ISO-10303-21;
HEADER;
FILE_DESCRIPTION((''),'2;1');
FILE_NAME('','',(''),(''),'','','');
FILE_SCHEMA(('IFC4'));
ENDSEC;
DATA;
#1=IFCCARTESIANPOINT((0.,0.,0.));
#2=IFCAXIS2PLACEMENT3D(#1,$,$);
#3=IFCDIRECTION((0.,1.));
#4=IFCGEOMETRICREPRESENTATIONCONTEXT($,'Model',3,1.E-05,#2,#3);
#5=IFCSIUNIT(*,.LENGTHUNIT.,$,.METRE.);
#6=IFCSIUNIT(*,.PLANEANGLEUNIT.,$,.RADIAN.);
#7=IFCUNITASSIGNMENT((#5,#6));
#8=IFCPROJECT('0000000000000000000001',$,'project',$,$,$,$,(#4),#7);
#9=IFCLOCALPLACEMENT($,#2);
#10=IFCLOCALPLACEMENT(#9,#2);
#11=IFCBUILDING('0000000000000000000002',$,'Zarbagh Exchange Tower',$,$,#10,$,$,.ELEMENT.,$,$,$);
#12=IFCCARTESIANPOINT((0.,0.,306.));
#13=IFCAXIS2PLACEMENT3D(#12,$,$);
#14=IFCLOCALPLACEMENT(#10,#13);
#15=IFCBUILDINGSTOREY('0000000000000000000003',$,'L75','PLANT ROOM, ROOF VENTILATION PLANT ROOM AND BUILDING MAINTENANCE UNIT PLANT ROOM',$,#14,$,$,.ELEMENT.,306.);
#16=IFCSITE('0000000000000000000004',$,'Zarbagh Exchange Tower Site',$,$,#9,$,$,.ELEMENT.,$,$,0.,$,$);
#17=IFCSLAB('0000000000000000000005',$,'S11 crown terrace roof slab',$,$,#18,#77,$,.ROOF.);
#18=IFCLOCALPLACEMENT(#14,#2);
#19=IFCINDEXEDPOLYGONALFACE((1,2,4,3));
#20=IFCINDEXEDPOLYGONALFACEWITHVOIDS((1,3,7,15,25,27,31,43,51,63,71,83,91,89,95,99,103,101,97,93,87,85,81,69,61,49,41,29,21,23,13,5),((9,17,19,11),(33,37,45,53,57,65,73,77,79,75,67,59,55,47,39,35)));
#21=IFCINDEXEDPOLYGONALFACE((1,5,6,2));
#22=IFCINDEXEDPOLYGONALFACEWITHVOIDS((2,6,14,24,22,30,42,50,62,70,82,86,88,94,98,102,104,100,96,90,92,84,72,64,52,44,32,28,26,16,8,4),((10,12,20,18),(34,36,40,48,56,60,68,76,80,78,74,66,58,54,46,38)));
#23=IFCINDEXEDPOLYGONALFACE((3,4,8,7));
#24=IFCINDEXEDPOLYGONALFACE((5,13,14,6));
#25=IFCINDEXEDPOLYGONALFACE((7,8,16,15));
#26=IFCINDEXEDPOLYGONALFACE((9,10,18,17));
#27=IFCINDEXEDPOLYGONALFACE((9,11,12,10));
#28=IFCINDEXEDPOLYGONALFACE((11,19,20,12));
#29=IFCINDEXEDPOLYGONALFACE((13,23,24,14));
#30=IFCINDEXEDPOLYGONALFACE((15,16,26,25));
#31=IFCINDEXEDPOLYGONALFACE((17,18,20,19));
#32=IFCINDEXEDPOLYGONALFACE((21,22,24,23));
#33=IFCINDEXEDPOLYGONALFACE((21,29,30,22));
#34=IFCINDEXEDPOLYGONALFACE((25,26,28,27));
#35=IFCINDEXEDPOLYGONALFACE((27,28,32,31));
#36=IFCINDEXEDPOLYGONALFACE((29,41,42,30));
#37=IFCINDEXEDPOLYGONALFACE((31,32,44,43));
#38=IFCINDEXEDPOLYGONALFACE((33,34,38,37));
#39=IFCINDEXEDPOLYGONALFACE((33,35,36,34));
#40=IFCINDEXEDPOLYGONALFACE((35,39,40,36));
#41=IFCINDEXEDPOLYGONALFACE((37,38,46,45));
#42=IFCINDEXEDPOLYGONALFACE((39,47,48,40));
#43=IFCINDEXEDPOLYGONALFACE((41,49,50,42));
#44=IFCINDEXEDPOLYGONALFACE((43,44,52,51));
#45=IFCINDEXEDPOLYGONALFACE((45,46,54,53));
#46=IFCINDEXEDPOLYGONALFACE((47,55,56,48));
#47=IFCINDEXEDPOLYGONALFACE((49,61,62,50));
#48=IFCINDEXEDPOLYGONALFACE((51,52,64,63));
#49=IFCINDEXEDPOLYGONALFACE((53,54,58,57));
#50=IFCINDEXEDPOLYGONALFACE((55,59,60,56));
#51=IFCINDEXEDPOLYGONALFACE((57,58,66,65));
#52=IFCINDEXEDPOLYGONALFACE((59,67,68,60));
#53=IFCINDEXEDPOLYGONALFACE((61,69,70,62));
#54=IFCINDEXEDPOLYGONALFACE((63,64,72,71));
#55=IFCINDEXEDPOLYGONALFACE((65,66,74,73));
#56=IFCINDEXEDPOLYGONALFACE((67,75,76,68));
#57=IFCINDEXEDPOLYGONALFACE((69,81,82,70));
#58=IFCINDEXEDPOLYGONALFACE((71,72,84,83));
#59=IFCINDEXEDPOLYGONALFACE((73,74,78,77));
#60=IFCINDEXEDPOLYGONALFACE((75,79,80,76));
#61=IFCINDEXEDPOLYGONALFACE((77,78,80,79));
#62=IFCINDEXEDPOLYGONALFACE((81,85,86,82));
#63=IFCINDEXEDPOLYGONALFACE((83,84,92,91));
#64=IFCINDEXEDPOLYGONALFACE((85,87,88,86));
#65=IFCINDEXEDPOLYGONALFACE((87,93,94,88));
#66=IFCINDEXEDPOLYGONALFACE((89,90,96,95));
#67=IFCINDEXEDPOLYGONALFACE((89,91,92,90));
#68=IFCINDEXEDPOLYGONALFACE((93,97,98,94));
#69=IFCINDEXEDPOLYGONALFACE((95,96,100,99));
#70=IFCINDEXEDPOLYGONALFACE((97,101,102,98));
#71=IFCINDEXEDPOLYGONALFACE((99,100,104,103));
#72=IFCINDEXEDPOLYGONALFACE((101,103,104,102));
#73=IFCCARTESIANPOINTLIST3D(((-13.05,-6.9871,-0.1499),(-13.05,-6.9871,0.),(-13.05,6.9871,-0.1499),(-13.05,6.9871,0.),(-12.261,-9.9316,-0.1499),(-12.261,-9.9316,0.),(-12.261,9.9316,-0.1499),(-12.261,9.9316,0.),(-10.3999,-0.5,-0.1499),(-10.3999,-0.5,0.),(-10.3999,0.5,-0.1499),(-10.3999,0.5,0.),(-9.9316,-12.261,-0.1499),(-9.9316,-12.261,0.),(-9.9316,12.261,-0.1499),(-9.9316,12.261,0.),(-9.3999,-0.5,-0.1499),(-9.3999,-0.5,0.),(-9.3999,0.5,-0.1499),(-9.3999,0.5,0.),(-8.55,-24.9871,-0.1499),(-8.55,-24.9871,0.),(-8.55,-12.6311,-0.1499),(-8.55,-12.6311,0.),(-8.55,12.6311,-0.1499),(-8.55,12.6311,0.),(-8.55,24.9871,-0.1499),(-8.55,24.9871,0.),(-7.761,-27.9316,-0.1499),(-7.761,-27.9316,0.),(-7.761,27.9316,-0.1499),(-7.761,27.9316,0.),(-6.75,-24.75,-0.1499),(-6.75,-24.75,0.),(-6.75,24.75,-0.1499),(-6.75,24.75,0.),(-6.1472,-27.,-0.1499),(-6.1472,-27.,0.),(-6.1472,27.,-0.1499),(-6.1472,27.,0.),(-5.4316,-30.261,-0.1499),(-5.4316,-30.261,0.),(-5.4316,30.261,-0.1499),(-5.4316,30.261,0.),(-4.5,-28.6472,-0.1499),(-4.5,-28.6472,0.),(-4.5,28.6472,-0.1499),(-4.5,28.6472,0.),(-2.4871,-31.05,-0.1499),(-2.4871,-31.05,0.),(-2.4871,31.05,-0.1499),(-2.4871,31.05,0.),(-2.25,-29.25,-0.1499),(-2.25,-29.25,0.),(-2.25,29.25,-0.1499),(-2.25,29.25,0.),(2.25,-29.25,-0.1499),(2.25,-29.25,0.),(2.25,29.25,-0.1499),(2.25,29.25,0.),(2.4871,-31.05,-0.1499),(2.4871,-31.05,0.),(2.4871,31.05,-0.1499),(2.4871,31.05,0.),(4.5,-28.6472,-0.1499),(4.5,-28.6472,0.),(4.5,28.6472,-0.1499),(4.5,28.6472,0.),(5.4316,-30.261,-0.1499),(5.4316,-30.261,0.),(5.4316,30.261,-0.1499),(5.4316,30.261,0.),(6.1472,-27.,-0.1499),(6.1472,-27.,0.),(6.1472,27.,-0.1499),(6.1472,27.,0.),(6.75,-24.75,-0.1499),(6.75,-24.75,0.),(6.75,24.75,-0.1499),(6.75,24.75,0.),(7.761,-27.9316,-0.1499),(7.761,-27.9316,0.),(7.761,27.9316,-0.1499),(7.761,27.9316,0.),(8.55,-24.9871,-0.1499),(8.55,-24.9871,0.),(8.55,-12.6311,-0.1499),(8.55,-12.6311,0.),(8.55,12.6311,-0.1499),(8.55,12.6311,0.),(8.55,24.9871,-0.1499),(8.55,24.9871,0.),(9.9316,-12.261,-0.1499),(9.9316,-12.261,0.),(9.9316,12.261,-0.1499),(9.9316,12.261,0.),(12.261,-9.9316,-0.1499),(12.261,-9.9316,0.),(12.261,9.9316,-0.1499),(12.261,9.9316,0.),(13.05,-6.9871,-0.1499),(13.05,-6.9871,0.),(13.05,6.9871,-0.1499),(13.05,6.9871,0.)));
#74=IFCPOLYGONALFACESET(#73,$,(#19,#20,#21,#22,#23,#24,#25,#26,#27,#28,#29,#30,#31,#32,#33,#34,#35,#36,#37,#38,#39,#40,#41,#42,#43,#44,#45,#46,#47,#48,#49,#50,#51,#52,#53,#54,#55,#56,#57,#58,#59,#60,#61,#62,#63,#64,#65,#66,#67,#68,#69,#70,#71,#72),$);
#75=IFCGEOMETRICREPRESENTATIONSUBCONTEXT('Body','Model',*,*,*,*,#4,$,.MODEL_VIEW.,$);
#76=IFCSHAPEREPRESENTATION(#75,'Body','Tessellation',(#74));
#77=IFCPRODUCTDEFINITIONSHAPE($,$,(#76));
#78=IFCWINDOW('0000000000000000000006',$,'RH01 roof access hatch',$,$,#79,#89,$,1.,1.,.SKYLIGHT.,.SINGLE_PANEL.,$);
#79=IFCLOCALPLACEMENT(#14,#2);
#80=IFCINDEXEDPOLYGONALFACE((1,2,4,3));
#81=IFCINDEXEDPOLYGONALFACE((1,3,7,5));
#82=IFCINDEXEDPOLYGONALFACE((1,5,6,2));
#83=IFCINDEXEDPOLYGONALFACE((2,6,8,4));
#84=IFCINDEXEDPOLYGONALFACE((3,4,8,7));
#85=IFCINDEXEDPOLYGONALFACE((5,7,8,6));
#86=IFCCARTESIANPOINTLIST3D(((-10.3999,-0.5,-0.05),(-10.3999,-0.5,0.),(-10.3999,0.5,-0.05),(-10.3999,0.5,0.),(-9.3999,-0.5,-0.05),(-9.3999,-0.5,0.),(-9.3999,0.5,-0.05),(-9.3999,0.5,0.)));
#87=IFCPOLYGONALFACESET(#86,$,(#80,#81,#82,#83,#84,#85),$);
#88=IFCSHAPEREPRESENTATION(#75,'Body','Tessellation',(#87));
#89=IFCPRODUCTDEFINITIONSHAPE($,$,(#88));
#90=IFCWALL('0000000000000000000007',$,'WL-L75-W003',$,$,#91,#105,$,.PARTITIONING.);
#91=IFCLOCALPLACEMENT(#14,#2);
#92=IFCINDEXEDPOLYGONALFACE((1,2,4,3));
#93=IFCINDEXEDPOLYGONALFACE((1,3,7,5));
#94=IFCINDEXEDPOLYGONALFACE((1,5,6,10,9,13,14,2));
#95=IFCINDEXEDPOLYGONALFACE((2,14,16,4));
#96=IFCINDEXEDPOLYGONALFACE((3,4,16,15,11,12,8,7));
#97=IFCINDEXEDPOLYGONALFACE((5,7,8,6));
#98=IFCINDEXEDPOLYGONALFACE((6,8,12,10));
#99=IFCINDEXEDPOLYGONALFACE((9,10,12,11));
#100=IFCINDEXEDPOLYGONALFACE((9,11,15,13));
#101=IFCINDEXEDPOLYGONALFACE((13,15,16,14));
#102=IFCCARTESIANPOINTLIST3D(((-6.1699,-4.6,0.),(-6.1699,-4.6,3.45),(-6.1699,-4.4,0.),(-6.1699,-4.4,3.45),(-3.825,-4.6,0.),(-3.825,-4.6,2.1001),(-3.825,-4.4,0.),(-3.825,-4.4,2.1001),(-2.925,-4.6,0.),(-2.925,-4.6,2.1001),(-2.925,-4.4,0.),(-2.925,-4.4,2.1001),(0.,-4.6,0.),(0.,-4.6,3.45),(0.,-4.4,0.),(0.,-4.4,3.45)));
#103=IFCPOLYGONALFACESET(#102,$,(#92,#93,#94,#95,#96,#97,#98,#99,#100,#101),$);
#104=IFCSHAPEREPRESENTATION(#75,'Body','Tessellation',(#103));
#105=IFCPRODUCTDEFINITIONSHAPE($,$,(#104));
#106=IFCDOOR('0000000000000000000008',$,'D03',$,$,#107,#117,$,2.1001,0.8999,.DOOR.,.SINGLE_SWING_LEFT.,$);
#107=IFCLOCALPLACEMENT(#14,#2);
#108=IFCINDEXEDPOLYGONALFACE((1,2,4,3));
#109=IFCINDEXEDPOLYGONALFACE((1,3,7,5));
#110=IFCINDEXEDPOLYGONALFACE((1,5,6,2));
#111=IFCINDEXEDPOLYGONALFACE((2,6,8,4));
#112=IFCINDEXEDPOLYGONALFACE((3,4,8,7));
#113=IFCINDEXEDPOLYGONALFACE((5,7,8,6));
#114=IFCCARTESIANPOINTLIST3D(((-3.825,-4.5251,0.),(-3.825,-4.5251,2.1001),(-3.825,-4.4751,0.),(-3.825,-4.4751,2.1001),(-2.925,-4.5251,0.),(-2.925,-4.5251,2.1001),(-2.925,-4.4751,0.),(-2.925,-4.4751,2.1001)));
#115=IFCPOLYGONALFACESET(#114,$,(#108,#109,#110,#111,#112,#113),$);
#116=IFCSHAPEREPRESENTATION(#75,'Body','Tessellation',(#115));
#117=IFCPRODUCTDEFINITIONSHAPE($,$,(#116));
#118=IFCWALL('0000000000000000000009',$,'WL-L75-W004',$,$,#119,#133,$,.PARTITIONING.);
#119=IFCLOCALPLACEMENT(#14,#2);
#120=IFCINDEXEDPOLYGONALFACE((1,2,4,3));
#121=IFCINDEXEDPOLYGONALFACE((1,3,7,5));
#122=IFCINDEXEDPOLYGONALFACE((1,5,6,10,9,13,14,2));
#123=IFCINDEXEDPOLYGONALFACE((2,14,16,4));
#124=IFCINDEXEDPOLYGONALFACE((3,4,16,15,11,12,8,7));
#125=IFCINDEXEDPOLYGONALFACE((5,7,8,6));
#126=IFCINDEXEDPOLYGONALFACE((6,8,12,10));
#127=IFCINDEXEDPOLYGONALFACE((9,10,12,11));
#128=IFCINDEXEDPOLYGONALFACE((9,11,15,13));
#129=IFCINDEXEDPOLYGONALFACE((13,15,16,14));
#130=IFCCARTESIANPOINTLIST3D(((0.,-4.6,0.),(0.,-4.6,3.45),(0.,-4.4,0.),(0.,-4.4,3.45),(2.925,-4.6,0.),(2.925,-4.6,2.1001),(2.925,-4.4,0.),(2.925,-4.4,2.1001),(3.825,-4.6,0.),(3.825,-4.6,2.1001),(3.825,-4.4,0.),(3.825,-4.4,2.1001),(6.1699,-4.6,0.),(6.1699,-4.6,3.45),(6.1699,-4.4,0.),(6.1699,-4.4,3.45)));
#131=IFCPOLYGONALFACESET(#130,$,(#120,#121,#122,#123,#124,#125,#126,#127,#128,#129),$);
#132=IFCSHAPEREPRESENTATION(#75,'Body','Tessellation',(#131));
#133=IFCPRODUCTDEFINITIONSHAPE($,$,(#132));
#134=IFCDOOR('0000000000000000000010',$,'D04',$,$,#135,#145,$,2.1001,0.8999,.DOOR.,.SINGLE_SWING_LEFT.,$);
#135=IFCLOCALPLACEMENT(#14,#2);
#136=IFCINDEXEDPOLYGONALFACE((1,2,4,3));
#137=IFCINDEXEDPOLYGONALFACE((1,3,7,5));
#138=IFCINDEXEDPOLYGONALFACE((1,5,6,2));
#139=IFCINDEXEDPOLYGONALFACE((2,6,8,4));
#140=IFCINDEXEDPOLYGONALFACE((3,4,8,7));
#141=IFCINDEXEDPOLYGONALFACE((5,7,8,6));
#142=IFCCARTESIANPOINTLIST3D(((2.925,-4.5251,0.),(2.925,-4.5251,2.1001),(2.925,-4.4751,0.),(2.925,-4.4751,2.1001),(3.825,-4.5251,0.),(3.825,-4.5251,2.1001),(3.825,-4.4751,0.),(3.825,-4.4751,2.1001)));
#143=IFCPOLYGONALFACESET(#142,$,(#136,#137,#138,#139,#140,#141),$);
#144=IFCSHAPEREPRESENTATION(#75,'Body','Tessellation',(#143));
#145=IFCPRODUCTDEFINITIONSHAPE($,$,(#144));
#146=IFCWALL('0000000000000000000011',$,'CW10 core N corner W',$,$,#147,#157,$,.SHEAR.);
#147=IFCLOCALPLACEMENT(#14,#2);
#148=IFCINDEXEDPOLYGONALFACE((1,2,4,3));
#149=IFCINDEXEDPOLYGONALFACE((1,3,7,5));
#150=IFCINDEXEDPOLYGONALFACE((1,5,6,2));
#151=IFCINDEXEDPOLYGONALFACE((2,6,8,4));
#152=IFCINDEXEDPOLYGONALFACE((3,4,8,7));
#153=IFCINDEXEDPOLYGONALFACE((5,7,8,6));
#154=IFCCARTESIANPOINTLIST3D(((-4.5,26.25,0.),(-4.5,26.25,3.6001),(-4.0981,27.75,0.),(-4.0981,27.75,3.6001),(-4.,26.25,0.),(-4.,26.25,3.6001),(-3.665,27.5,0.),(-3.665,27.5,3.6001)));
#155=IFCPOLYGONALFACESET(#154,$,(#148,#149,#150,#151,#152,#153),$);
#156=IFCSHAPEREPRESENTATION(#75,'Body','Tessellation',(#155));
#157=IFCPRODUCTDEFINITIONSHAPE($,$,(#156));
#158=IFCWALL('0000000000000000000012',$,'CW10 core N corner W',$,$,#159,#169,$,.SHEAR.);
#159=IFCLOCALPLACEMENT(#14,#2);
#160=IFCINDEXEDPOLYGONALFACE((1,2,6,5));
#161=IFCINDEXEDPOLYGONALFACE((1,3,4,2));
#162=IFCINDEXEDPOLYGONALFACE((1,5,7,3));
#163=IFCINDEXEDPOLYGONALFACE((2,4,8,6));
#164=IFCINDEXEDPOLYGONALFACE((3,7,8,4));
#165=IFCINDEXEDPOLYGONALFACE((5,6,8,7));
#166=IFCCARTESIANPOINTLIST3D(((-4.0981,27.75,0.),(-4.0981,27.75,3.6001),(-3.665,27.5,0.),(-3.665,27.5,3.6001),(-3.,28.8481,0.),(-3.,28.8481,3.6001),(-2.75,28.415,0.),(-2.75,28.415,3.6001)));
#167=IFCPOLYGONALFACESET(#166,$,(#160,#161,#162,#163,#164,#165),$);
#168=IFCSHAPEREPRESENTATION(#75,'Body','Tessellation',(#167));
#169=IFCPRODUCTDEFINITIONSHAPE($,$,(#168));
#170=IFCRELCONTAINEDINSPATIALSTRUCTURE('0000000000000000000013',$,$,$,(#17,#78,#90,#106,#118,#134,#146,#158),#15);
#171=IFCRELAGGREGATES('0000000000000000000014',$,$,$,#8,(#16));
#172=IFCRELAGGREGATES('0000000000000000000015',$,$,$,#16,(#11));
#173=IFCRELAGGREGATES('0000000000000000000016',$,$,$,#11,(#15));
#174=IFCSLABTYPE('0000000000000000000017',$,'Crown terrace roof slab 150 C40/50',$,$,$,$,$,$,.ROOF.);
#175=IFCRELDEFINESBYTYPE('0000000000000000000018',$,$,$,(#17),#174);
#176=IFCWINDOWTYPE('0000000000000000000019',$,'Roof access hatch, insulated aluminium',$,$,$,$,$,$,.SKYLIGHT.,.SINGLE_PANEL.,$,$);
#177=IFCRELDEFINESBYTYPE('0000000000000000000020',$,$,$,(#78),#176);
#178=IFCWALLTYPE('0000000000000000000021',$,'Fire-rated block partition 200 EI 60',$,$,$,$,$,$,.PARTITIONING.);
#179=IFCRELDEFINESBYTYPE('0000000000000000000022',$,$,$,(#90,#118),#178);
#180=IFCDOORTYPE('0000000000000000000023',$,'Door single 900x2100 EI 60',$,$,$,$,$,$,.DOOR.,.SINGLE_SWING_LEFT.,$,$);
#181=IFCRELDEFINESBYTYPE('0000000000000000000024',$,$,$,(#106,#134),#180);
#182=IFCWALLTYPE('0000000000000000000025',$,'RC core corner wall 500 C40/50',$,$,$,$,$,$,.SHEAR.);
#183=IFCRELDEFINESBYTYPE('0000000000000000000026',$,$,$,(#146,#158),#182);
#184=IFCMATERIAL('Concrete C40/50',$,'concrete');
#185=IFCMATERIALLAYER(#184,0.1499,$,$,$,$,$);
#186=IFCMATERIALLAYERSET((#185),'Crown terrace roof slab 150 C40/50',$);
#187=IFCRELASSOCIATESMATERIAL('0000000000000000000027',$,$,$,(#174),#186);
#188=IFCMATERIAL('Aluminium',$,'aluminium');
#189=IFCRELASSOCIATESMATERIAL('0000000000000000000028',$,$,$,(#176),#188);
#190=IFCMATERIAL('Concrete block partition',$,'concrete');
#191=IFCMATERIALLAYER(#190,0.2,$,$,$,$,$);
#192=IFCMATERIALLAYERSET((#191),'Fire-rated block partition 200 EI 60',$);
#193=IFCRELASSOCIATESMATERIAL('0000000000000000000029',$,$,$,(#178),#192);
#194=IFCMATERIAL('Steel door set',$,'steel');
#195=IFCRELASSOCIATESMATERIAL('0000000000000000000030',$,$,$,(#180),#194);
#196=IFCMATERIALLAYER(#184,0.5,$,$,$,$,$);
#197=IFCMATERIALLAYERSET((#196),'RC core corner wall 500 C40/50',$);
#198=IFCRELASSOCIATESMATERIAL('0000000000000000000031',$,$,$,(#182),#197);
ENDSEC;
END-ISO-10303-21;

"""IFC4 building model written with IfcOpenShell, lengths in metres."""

from ifc_helpers import new_model, si_unit, direction, frame, frame_2d, origin, origin_2d, place, context, subcontext, project, spatial, polyline, rectangle, outline, extrude, material, layer, layer_set, type_object, element, fill, save


model = new_model("IFC4")

# Units and contexts
model_context = context("Model", 3, precision=1e-05, world=origin(), true_north=direction((0.0, 1.0)))
body_context = subcontext(model_context, "Body", "Model", "MODEL_VIEW")
ifc_project = project(units=[si_unit("LENGTHUNIT", "METRE"), si_unit("PLANEANGLEUNIT", "RADIAN")], contexts=[model_context])

# Site, building, storey
site_placement = place(None, origin())
site = spatial("IfcSite", under=ifc_project, at=site_placement, Name="Zarbagh Exchange Tower Site", CompositionType="ELEMENT", RefElevation=0.0)
building_placement = place(site_placement, origin())
building = spatial("IfcBuilding", under=site, at=building_placement, Name="Zarbagh Exchange Tower", CompositionType="ELEMENT")
storey_placement = place(building_placement, frame((0.0, 0.0, 306.0)))
storey = spatial("IfcBuildingStorey", under=building, at=storey_placement, Name="L75", Description="PLANT ROOM, ROOF VENTILATION PLANT ROOM AND BUILDING MAINTENANCE UNIT PLANT ROOM", CompositionType="ELEMENT", Elevation=306.0)

# Shared definitions
ifc_material_1 = material(Name="Concrete C40/50", Category="concrete")

# Slab, opening, window
ifc_layer_1 = layer(ifc_material_1, 0.1499)
ifc_layer_set_1 = layer_set([ifc_layer_1], Name="Crown terrace roof slab 150 C40/50")
slab_type_1 = type_object("IfcSlabType", Name="Crown terrace roof slab 150 C40/50", PredefinedType="ROOF", material=ifc_layer_set_1)
slab_1_placement = place(storey_placement, frame((0.0, 0.0, -0.1499)))
slab_1 = element("IfcSlab", 1, at=slab_1_placement, inside=storey, type_object=slab_type_1, Name="S11 crown terrace roof slab", PredefinedType="ROOF", context=body_context, shape_type="SweptSolid", body=[
    extrude(outline(polyline([(-2.4871, -31.05), (-5.4316, -30.261), (-7.761, -27.9316), (-8.55, -24.9871), (-8.55, -12.6311), (-9.9316, -12.261), (-12.261, -9.9316), (-13.05, -6.9871), (-13.05, 6.9871), (-12.261, 9.9316), (-9.9316, 12.261), (-8.55, 12.6311), (-8.55, 24.9871), (-7.761, 27.9316), (-5.4316, 30.261), (-2.4871, 31.05), (2.4871, 31.05), (5.4316, 30.261), (7.761, 27.9316), (8.55, 24.9871), (8.55, 12.6311), (9.9316, 12.261), (12.261, 9.9316), (13.05, 6.9871), (13.05, -6.9871), (12.261, -9.9316), (9.9316, -12.261), (8.55, -12.6311), (8.55, -24.9871), (7.761, -27.9316), (5.4316, -30.261), (2.4871, -31.05), (-2.4871, -31.05)]), holes=[polyline([(4.5, -28.6472), (6.1472, -27.0), (6.75, -24.75), (6.75, 24.75), (6.1472, 27.0), (4.5, 28.6472), (2.25, 29.25), (-2.25, 29.25), (-4.5, 28.6472), (-6.1472, 27.0), (-6.75, 24.75), (-6.75, -24.75), (-6.1472, -27.0), (-4.5, -28.6472), (-2.25, -29.25), (2.25, -29.25), (4.5, -28.6472)])]), origin(), (0.0, 0.0, 1.0), 0.1499),
])
opening_1_placement = place(slab_1_placement, frame((-9.8999, 0.0, 0.0)))
opening_1 = element("IfcOpeningElement", 2, at=opening_1_placement, cuts=slab_1, PredefinedType="OPENING", context=body_context, shape_type="SweptSolid", body=[
    extrude(rectangle(XDim=1.0, YDim=1.0, at=origin_2d()), frame((0.0, 0.0, -0.01)), (0.0, 0.0, 1.0), 0.1699),
])
ifc_material_2 = material(Name="Aluminium", Category="aluminium")
window_type = type_object("IfcWindowType", Name="Roof access hatch, insulated aluminium", PartitioningType="SINGLE_PANEL", PredefinedType="SKYLIGHT", material=ifc_material_2)
window_placement = place(opening_1_placement, frame((0.0, 0.0, 0.0999)))
window = element("IfcWindow", 3, at=window_placement, inside=storey, type_object=window_type, Name="RH01 roof access hatch", OverallHeight=1.0, OverallWidth=1.0, PartitioningType="SINGLE_PANEL", PredefinedType="SKYLIGHT", context=body_context, shape_type="SweptSolid", body=[
    extrude(rectangle(XDim=1.0, YDim=1.0, at=origin_2d()), origin(), (0.0, 0.0, 1.0), 0.05),
])
fill(opening_1, window)

# Walls, openings, doors
ifc_material_3 = material(Name="Concrete block partition", Category="concrete")
ifc_layer_2 = layer(ifc_material_3, 0.2)
ifc_layer_set_2 = layer_set([ifc_layer_2], Name="Fire-rated block partition 200 EI 60")
wall_type_1 = type_object("IfcWallType", Name="Fire-rated block partition 200 EI 60", PredefinedType="PARTITIONING", material=ifc_layer_set_2)
wall_1_placement = place(storey_placement, frame((-6.1699, -4.5, 0.0), z_axis=(0.0, 0.0, 1.0), x_axis=(1.0, 0.0, 0.0)))
wall_1 = element("IfcWall", 4, at=wall_1_placement, inside=storey, type_object=wall_type_1, Name="WL-L75-W003", PredefinedType="PARTITIONING", context=body_context, shape_type="SweptSolid", body=[
    extrude(rectangle(XDim=6.1699, YDim=0.2, at=frame_2d((3.085, 0.0))), origin(), (0.0, 0.0, 1.0), 3.45),
])
opening_2_placement = place(wall_1_placement, frame((2.345, 0.0, 0.0)))
opening_2 = element("IfcOpeningElement", 5, at=opening_2_placement, cuts=wall_1, PredefinedType="OPENING", context=body_context, shape_type="SweptSolid", body=[
    extrude(rectangle(XDim=0.8999, YDim=2.1001, at=frame_2d((0.45, 1.05))), frame((0.0, 0.1099, 0.0), z_axis=(0.0, -1.0, 0.0), x_axis=(1.0, 0.0, 0.0)), (0.0, 0.0, 1.0), 0.22),
])
ifc_material_4 = material(Name="Steel door set", Category="steel")
door_type = type_object("IfcDoorType", Name="Door single 900x2100 EI 60", OperationType="SINGLE_SWING_LEFT", PredefinedType="DOOR", material=ifc_material_4)
door_1_placement = place(opening_2_placement, origin())
door_1 = element("IfcDoor", 6, at=door_1_placement, inside=storey, type_object=door_type, Name="D03", OperationType="SINGLE_SWING_LEFT", OverallHeight=2.1001, OverallWidth=0.8999, PredefinedType="DOOR", context=body_context, shape_type="SweptSolid", body=[
    extrude(rectangle(XDim=0.8999, YDim=2.1001, at=frame_2d((0.45, 1.05))), frame((0.0, 0.0249, 0.0), z_axis=(0.0, -1.0, 0.0), x_axis=(1.0, 0.0, 0.0)), (0.0, 0.0, 1.0), 0.05),
])
fill(opening_2, door_1)
wall_2_placement = place(storey_placement, frame((0.0, -4.5, 0.0), z_axis=(0.0, 0.0, 1.0), x_axis=(1.0, 0.0, 0.0)))
wall_2 = element("IfcWall", 7, at=wall_2_placement, inside=storey, type_object=wall_type_1, Name="WL-L75-W004", PredefinedType="PARTITIONING", context=body_context, shape_type="SweptSolid", body=[
    extrude(rectangle(XDim=6.1699, YDim=0.2, at=frame_2d((3.085, 0.0))), origin(), (0.0, 0.0, 1.0), 3.45),
])
opening_3_placement = place(wall_2_placement, frame((2.925, 0.0, 0.0)))
opening_3 = element("IfcOpeningElement", 8, at=opening_3_placement, cuts=wall_2, PredefinedType="OPENING", context=body_context, shape_type="SweptSolid", body=[
    extrude(rectangle(XDim=0.8999, YDim=2.1001, at=frame_2d((0.45, 1.05))), frame((0.0, 0.1099, 0.0), z_axis=(0.0, -1.0, 0.0), x_axis=(1.0, 0.0, 0.0)), (0.0, 0.0, 1.0), 0.22),
])
door_2_placement = place(opening_3_placement, origin())
door_2 = element("IfcDoor", 9, at=door_2_placement, inside=storey, type_object=door_type, Name="D04", OperationType="SINGLE_SWING_LEFT", OverallHeight=2.1001, OverallWidth=0.8999, PredefinedType="DOOR", context=body_context, shape_type="SweptSolid", body=[
    extrude(rectangle(XDim=0.8999, YDim=2.1001, at=frame_2d((0.45, 1.05))), frame((0.0, 0.0249, 0.0), z_axis=(0.0, -1.0, 0.0), x_axis=(1.0, 0.0, 0.0)), (0.0, 0.0, 1.0), 0.05),
])
fill(opening_3, door_2)

# Walls
ifc_layer_3 = layer(ifc_material_1, 0.5)
ifc_layer_set_3 = layer_set([ifc_layer_3], Name="RC core corner wall 500 C40/50")
wall_type_2 = type_object("IfcWallType", Name="RC core corner wall 500 C40/50", PredefinedType="SHEAR", material=ifc_layer_set_3)
wall_3_placement = place(storey_placement, origin())
element("IfcWall", 10, at=wall_3_placement, inside=storey, type_object=wall_type_2, Name="CW10 core N corner W", PredefinedType="SHEAR", context=body_context, shape_type="SweptSolid", body=[
    extrude(outline(polyline([(-4.5, 26.25), (-4.0981, 27.75), (-3.665, 27.5), (-4.0, 26.25), (-4.5, 26.25)])), origin(), (0.0, 0.0, 1.0), 3.6001),
])
wall_4_placement = place(storey_placement, origin())
element("IfcWall", 11, at=wall_4_placement, inside=storey, type_object=wall_type_2, Name="CW10 core N corner W", PredefinedType="SHEAR", context=body_context, shape_type="SweptSolid", body=[
    extrude(outline(polyline([(-4.0981, 27.75), (-3.0, 28.8481), (-2.75, 28.415), (-3.665, 27.5), (-4.0981, 27.75)])), origin(), (0.0, 0.0, 1.0), 3.6001),
])

save(model, "model.ifc")
